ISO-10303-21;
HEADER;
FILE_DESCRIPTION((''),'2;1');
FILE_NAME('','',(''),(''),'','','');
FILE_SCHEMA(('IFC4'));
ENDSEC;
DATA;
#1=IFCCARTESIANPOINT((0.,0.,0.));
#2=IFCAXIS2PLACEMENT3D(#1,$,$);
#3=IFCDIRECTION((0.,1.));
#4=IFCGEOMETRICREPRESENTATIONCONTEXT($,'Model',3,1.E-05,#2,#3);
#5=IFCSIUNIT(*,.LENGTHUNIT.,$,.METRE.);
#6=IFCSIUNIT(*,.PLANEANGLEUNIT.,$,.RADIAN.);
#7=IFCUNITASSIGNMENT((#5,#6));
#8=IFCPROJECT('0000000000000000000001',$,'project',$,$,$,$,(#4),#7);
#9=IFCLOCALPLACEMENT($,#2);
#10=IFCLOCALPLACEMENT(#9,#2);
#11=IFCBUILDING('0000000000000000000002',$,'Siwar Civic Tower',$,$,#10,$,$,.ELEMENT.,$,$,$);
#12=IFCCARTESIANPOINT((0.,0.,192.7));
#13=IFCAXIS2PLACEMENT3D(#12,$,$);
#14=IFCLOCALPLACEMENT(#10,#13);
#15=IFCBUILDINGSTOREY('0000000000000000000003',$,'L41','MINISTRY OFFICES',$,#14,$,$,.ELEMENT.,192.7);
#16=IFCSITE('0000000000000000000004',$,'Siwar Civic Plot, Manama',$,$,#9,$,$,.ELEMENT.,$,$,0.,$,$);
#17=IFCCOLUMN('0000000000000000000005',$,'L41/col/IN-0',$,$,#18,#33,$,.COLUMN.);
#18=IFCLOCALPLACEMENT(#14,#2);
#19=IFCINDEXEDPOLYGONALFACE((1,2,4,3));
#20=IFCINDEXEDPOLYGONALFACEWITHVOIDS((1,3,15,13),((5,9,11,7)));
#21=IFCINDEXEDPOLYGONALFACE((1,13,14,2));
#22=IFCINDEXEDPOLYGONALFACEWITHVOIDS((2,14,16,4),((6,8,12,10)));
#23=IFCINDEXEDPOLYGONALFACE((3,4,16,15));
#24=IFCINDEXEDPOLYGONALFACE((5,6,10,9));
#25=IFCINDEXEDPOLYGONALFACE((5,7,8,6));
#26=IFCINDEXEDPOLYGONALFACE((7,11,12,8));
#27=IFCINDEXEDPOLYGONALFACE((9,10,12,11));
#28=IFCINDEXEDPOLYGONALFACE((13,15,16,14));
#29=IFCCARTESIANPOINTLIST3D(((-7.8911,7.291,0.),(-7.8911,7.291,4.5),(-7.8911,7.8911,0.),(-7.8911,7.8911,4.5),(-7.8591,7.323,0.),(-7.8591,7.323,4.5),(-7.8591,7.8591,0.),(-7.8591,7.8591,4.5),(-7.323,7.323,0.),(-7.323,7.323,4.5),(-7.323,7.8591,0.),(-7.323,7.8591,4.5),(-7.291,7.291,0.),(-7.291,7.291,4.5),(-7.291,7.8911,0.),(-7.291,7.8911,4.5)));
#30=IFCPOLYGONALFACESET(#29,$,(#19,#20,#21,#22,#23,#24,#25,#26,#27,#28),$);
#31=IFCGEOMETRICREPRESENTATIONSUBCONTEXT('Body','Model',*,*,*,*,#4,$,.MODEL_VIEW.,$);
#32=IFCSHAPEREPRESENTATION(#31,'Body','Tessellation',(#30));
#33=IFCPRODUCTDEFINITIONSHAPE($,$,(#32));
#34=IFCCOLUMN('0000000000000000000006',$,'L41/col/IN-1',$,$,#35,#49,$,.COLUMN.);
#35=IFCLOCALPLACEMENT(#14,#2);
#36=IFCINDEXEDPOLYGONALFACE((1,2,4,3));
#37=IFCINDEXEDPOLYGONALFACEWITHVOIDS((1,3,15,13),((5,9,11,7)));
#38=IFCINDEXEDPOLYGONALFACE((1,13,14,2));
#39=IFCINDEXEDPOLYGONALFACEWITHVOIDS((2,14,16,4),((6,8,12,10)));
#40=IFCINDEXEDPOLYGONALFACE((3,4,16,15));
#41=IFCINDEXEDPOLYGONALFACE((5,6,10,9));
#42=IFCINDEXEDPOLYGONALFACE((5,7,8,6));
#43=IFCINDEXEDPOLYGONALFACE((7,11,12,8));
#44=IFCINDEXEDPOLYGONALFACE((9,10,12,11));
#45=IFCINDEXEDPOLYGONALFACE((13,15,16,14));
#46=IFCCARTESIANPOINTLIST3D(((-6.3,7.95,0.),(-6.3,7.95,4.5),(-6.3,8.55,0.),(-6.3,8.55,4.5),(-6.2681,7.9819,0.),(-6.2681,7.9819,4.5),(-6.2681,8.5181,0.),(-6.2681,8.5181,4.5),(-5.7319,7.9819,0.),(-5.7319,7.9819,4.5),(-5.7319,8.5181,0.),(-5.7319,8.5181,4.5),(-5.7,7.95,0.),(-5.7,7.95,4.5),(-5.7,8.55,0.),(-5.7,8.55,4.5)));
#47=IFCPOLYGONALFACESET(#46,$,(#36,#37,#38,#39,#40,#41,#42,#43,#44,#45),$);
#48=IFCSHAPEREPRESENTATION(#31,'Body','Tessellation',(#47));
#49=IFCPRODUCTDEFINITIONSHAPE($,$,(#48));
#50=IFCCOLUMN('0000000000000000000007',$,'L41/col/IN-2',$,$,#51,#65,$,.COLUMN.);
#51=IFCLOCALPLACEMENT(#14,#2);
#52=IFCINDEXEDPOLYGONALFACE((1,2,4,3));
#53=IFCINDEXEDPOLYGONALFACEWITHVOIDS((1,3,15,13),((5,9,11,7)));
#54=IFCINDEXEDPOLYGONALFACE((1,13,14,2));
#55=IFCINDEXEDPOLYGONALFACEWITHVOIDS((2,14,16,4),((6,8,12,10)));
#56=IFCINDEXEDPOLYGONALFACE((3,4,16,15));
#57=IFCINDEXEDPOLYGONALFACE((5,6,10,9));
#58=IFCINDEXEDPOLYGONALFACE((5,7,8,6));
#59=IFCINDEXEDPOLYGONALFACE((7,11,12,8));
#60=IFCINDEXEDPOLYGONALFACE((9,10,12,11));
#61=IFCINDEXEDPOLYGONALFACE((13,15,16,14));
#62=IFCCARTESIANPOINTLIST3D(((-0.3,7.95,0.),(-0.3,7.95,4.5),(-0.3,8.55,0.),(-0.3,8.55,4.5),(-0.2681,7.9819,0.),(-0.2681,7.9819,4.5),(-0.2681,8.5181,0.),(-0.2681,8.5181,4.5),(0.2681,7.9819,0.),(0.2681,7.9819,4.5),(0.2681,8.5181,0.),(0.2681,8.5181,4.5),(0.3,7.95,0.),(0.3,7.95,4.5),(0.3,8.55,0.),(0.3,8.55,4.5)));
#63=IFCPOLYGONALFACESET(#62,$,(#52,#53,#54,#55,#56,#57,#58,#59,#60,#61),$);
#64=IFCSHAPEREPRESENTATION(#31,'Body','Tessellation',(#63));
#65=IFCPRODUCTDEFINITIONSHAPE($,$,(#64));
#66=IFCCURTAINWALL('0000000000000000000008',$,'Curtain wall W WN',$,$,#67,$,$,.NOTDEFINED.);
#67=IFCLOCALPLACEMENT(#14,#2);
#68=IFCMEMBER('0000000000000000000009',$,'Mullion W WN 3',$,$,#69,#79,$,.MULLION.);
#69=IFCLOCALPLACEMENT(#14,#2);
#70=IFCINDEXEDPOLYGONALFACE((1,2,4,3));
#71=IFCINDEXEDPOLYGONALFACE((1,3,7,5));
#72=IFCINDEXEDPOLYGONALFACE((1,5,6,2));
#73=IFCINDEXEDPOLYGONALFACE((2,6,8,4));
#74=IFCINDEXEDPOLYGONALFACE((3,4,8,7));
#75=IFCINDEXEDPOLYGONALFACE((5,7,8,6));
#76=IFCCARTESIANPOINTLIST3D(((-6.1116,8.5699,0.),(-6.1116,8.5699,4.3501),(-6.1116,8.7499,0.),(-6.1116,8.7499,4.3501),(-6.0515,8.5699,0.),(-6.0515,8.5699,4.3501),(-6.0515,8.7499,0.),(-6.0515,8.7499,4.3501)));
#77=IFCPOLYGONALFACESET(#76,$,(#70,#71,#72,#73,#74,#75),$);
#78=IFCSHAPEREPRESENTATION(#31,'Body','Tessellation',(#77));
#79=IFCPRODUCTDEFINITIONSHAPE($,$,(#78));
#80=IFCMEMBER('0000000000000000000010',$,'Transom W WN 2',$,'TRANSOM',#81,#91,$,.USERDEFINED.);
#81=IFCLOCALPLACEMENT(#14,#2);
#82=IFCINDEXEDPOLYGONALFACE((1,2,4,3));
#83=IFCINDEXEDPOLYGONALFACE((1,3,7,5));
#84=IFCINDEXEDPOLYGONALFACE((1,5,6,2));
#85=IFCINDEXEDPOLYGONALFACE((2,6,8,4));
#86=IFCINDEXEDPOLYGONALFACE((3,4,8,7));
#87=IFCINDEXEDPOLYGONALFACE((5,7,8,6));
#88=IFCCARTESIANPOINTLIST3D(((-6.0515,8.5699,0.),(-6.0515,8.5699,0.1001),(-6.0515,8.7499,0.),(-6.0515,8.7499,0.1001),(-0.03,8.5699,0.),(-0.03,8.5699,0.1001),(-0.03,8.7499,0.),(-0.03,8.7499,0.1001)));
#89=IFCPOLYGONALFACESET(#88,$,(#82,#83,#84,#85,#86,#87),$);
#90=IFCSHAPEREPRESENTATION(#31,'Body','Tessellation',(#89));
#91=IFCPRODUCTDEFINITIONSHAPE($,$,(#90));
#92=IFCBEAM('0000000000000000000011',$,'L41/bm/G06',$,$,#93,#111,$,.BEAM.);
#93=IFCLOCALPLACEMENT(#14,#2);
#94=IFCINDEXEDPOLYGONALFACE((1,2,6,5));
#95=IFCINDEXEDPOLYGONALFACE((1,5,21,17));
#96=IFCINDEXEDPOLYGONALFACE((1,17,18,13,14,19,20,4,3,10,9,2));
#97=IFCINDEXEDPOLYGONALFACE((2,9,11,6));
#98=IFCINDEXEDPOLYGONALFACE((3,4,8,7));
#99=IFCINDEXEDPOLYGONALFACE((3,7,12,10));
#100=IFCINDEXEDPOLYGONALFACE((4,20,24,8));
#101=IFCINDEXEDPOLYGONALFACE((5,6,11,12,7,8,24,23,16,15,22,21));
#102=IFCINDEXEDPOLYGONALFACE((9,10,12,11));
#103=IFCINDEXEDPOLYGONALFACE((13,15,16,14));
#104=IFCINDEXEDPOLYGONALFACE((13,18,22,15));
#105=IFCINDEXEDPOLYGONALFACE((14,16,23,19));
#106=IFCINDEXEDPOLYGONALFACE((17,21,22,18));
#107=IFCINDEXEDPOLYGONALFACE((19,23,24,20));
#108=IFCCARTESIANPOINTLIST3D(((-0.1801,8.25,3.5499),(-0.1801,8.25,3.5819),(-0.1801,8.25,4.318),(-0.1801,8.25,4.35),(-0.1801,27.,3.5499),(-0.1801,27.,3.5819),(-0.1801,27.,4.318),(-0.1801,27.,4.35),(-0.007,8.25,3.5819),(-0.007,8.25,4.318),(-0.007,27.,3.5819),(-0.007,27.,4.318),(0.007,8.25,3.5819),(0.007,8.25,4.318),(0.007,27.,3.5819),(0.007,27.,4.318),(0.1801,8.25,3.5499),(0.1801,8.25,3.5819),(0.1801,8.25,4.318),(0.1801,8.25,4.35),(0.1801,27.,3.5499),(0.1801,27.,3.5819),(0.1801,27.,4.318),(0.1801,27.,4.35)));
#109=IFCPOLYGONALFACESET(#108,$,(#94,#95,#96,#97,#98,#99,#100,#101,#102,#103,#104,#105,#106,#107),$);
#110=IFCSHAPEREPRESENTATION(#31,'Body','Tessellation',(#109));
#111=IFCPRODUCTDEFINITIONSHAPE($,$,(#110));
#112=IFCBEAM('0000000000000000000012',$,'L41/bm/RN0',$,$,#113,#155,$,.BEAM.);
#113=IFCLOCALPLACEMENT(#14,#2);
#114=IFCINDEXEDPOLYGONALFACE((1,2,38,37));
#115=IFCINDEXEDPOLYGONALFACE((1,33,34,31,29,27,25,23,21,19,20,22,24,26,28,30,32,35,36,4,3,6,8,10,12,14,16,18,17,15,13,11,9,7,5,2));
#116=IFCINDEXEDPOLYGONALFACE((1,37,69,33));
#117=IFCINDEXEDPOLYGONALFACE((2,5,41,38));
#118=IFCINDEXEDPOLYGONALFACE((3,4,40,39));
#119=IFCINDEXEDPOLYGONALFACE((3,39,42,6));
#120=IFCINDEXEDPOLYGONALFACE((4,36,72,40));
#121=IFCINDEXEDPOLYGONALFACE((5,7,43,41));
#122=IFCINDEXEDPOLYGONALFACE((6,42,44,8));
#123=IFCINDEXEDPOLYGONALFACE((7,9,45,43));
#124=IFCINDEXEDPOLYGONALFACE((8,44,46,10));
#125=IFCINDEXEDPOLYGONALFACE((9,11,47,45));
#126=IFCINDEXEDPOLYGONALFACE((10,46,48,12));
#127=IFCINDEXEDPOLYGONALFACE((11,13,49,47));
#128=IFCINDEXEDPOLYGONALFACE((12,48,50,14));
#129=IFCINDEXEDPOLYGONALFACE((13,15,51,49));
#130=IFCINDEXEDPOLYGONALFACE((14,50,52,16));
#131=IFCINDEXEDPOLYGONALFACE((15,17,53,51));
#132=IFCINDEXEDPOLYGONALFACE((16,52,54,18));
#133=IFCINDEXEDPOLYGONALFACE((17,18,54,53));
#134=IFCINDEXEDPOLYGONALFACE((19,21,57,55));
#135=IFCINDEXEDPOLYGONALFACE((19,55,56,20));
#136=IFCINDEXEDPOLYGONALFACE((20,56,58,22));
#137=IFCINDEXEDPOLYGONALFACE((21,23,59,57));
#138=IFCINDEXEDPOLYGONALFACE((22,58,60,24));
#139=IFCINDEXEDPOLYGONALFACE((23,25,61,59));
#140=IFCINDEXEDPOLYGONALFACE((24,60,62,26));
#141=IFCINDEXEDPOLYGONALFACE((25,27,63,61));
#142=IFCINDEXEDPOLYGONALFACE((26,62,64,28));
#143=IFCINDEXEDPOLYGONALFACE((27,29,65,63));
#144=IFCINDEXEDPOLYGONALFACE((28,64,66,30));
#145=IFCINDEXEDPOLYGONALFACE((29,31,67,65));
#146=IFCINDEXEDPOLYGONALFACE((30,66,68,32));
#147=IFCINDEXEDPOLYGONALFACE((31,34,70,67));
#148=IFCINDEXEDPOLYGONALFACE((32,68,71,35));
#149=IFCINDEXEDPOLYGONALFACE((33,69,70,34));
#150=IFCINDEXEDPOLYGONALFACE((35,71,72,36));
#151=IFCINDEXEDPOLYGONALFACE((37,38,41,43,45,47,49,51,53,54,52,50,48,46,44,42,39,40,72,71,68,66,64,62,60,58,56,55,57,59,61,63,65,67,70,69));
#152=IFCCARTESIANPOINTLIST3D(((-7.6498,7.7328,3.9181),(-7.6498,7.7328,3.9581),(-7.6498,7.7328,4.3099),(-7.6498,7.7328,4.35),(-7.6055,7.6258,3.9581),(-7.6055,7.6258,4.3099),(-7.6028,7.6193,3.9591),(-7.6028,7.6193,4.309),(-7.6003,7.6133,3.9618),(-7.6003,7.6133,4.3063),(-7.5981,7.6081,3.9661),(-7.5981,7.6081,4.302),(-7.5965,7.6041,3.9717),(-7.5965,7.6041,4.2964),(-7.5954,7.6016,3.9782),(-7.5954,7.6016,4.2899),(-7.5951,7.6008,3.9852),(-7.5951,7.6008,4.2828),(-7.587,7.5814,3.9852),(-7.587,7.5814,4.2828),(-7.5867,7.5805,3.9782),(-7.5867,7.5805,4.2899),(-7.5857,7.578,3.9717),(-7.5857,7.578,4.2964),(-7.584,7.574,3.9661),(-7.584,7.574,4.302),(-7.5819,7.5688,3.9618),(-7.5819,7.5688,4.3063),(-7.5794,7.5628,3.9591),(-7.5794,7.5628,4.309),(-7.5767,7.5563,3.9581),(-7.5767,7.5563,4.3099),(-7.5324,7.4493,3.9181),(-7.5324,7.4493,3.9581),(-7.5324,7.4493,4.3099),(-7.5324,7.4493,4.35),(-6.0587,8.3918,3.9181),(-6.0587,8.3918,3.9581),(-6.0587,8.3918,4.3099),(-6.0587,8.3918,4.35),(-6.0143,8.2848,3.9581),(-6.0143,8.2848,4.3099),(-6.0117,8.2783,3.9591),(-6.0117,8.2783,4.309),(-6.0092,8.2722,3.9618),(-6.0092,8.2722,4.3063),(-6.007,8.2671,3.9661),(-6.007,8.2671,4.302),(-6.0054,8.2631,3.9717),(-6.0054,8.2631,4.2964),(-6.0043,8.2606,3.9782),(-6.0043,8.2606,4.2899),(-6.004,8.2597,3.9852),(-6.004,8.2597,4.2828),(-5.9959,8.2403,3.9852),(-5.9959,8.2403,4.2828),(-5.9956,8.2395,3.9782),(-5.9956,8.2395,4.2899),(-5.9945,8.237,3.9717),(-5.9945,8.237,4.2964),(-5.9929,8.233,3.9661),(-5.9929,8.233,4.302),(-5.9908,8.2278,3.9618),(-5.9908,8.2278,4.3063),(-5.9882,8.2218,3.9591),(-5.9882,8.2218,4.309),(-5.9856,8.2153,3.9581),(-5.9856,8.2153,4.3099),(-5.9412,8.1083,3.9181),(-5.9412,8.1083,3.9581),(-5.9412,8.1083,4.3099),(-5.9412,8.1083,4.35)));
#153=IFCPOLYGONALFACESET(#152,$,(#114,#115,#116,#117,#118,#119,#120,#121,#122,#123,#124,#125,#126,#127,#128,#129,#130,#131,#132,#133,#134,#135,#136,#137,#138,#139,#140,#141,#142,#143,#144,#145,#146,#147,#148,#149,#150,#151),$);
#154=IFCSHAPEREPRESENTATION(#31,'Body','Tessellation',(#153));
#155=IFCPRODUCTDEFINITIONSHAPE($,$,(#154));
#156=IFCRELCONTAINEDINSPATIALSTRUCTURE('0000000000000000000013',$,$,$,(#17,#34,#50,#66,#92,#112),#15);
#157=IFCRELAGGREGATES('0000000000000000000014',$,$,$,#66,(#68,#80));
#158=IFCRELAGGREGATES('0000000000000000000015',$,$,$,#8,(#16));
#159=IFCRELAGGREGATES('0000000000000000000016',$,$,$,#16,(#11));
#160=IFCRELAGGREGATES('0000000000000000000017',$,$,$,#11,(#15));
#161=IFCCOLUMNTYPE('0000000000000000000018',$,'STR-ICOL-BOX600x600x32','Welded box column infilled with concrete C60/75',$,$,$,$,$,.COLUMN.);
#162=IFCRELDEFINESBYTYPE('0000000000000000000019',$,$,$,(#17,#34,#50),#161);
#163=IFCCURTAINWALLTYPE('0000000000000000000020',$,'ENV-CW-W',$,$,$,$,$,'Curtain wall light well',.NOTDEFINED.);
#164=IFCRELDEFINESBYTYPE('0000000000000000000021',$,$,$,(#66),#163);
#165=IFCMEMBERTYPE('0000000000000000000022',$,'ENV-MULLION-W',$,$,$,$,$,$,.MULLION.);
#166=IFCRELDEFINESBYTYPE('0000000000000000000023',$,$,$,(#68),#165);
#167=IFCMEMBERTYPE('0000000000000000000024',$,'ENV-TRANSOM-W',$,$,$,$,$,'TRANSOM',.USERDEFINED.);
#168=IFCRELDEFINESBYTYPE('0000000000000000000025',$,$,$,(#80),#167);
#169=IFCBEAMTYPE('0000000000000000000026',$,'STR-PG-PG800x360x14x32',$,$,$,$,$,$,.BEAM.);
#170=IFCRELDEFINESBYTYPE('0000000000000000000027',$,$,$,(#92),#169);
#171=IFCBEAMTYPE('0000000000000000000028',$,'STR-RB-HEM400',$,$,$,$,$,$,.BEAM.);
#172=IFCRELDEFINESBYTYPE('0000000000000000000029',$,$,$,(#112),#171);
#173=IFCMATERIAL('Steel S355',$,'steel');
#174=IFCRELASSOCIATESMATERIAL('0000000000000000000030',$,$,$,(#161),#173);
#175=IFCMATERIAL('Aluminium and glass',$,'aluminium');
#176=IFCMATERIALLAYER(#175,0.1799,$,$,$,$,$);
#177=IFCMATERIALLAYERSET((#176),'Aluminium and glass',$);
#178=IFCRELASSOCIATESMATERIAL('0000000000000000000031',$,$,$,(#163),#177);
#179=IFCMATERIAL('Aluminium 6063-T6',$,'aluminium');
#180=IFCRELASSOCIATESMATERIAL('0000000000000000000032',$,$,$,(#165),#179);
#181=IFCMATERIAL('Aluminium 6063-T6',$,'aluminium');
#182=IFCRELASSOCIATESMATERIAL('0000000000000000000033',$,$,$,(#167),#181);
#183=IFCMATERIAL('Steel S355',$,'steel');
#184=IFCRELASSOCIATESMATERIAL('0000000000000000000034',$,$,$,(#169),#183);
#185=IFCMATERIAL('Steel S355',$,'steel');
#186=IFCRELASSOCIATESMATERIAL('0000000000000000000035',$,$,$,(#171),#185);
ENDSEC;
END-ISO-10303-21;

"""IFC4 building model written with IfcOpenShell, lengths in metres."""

from ifc_helpers import new_model, si_unit, direction, frame, origin, origin_2d, place, context, subcontext, project, spatial, rectangle, hollow_rectangle, i_section, extrude, material, layer, layer_set, material_profile, profile_set, type_object, element, aggregate, save


model = new_model("IFC4")

# Units and contexts
model_context = context("Model", 3, precision=1e-05, world=origin(), true_north=direction((0.0, 1.0)))
body_context = subcontext(model_context, "Body", "Model", "MODEL_VIEW")
ifc_project = project(units=[si_unit("LENGTHUNIT", "METRE"), si_unit("PLANEANGLEUNIT", "RADIAN")], contexts=[model_context])

# Site, building, storey
site_placement = place(None, origin())
site = spatial("IfcSite", under=ifc_project, at=site_placement, Name="Siwar Civic Plot, Manama", CompositionType="ELEMENT", RefElevation=0.0)
building_placement = place(site_placement, origin())
building = spatial("IfcBuilding", under=site, at=building_placement, Name="Siwar Civic Tower", CompositionType="ELEMENT")
storey_placement = place(building_placement, frame((0.0, 0.0, 192.7)))
storey = spatial("IfcBuildingStorey", under=building, at=storey_placement, Name="L41", Description="MINISTRY OFFICES", CompositionType="ELEMENT", Elevation=192.7)

# Columns
ifc_material_1 = material(Name="Steel S355", Category="steel")
ifc_material_profile_1 = material_profile(ifc_material_1, hollow_rectangle(XDim=0.6001, YDim=0.6001, WallThickness=0.032, at=origin_2d()), Name="BOX600x600x32")
ifc_profile_set_1 = profile_set([ifc_material_profile_1], Name="Steel S355")
column_type = type_object("IfcColumnType", Name="STR-ICOL-BOX600x600x32", Description="Welded box column infilled with concrete C60/75", PredefinedType="COLUMN", material=ifc_profile_set_1)
for number, where, z_axis, x_axis, name in (
    (1, (-7.5911, 7.5911, 0.0), (0.0, 0.0, 1.0), (1.0, 0.0, 0.0), "L41/col/IN-0"),
    (2, (-6.0, 8.25, 0.0), (0.0, 0.0, 1.0), (1.0, 0.0, 0.0), "L41/col/IN-1"),
    (3, (0.0, 8.25, 0.0), (0.0, 0.0, 1.0), (1.0, 0.0, 0.0), "L41/col/IN-2"),
):
    element("IfcColumn", number, at=place(storey_placement, frame(where, z_axis=z_axis, x_axis=x_axis)), inside=storey, type_object=column_type, Name=name, PredefinedType="COLUMN", context=body_context, shape_type="SweptSolid", body=[
        extrude(hollow_rectangle(XDim=0.6001, YDim=0.6001, WallThickness=0.032, at=origin_2d()), origin(), (0.0, 0.0, 1.0), 4.5),
    ])

# Curtain wall, members
ifc_material_2 = material(Name="Aluminium and glass", Category="aluminium")
ifc_layer_1 = layer(ifc_material_2, 0.1799)
ifc_layer_set_1 = layer_set([ifc_layer_1], Name="Aluminium and glass")
curtain_wall_type = type_object("IfcCurtainWallType", Name="ENV-CW-W", ElementType="Curtain wall light well", PredefinedType="NOTDEFINED", material=ifc_layer_set_1)
curtain_wall_placement = place(storey_placement, origin())
curtain_wall = element("IfcCurtainWall", 4, at=curtain_wall_placement, inside=storey, type_object=curtain_wall_type, Name="Curtain wall W WN", PredefinedType="NOTDEFINED")
ifc_material_3 = material(Name="Aluminium 6063-T6", Category="aluminium")
ifc_material_profile_2 = material_profile(ifc_material_3, rectangle(XDim=0.1799, YDim=0.0601, at=origin_2d()), Name="AL 180x60")
ifc_profile_set_2 = profile_set([ifc_material_profile_2], Name="Aluminium 6063-T6")
member_type_1 = type_object("IfcMemberType", Name="ENV-MULLION-W", PredefinedType="MULLION", material=ifc_profile_set_2)
member_1_placement = place(storey_placement, frame((-6.0815, 8.6599, 0.0), z_axis=(0.0, 0.0, 1.0), x_axis=(0.0, -1.0, 0.0)))
member_1 = element("IfcMember", 5, at=member_1_placement, type_object=member_type_1, Name="Mullion W WN 3", PredefinedType="MULLION", context=body_context, shape_type="SweptSolid", body=[
    extrude(rectangle(XDim=0.1799, YDim=0.0601, at=origin_2d()), origin(), (0.0, 0.0, 1.0), 4.3501),
])
ifc_material_4 = material(Name="Aluminium 6063-T6", Category="aluminium")
ifc_material_profile_3 = material_profile(ifc_material_4, rectangle(XDim=0.1799, YDim=0.1001, at=origin_2d()), Name="AL 180x100")
ifc_profile_set_3 = profile_set([ifc_material_profile_3], Name="Aluminium 6063-T6")
member_type_2 = type_object("IfcMemberType", Name="ENV-TRANSOM-W", ElementType="TRANSOM", PredefinedType="USERDEFINED", material=ifc_profile_set_3)
member_2_placement = place(storey_placement, frame((-0.03, 8.6599, 0.05), z_axis=(-1.0, 0.0, 0.0), x_axis=(0.0, -1.0, 0.0)))
member_2 = element("IfcMember", 6, at=member_2_placement, type_object=member_type_2, Name="Transom W WN 2", ObjectType="TRANSOM", PredefinedType="USERDEFINED", context=body_context, shape_type="SweptSolid", body=[
    extrude(rectangle(XDim=0.1799, YDim=0.1001, at=origin_2d()), origin(), (0.0, 0.0, 1.0), 6.0215),
])

# Beams
ifc_material_5 = material(Name="Steel S355", Category="steel")
ifc_material_profile_4 = material_profile(ifc_material_5, i_section(OverallWidth=0.3601, OverallDepth=0.8, WebThickness=0.0139, FlangeThickness=0.032, at=origin_2d()), Name="PG800x360x14x32")
ifc_profile_set_4 = profile_set([ifc_material_profile_4], Name="Steel S355")
beam_type_1 = type_object("IfcBeamType", Name="STR-PG-PG800x360x14x32", PredefinedType="BEAM", material=ifc_profile_set_4)
beam_1_placement = place(storey_placement, frame((0.0, 8.25, 3.95), z_axis=(0.0, 1.0, 0.0), x_axis=(-1.0, 0.0, 0.0)))
element("IfcBeam", 7, at=beam_1_placement, inside=storey, type_object=beam_type_1, Name="L41/bm/G06", PredefinedType="BEAM", context=body_context, shape_type="SweptSolid", body=[
    extrude(i_section(OverallWidth=0.3601, OverallDepth=0.8, WebThickness=0.0139, FlangeThickness=0.032, at=origin_2d()), origin(), (0.0, 0.0, 1.0), 18.75),
])
ifc_material_6 = material(Name="Steel S355", Category="steel")
ifc_material_profile_5 = material_profile(ifc_material_6, i_section(OverallWidth=0.3069, OverallDepth=0.4319, WebThickness=0.021, FlangeThickness=0.04, FilletRadius=0.0271, at=origin_2d()), Name="HEM400")
ifc_profile_set_5 = profile_set([ifc_material_profile_5], Name="Steel S355")
beam_type_2 = type_object("IfcBeamType", Name="STR-RB-HEM400", PredefinedType="BEAM", material=ifc_profile_set_5)
beam_2_placement = place(storey_placement, frame((-7.5911, 7.5911, 4.134), z_axis=(0.923901, 0.382631, 0.0), x_axis=(-0.382631, 0.923901, 0.0)))
element("IfcBeam", 8, at=beam_2_placement, inside=storey, type_object=beam_type_2, Name="L41/bm/RN0", PredefinedType="BEAM", context=body_context, shape_type="SweptSolid", body=[
    extrude(i_section(OverallWidth=0.3069, OverallDepth=0.4319, WebThickness=0.021, FlangeThickness=0.04, FilletRadius=0.0271, at=origin_2d()), origin(), (0.0, 0.0, 1.0), 1.7222),
])

aggregate(curtain_wall, [member_1, member_2])

save(model, "model.ifc")
